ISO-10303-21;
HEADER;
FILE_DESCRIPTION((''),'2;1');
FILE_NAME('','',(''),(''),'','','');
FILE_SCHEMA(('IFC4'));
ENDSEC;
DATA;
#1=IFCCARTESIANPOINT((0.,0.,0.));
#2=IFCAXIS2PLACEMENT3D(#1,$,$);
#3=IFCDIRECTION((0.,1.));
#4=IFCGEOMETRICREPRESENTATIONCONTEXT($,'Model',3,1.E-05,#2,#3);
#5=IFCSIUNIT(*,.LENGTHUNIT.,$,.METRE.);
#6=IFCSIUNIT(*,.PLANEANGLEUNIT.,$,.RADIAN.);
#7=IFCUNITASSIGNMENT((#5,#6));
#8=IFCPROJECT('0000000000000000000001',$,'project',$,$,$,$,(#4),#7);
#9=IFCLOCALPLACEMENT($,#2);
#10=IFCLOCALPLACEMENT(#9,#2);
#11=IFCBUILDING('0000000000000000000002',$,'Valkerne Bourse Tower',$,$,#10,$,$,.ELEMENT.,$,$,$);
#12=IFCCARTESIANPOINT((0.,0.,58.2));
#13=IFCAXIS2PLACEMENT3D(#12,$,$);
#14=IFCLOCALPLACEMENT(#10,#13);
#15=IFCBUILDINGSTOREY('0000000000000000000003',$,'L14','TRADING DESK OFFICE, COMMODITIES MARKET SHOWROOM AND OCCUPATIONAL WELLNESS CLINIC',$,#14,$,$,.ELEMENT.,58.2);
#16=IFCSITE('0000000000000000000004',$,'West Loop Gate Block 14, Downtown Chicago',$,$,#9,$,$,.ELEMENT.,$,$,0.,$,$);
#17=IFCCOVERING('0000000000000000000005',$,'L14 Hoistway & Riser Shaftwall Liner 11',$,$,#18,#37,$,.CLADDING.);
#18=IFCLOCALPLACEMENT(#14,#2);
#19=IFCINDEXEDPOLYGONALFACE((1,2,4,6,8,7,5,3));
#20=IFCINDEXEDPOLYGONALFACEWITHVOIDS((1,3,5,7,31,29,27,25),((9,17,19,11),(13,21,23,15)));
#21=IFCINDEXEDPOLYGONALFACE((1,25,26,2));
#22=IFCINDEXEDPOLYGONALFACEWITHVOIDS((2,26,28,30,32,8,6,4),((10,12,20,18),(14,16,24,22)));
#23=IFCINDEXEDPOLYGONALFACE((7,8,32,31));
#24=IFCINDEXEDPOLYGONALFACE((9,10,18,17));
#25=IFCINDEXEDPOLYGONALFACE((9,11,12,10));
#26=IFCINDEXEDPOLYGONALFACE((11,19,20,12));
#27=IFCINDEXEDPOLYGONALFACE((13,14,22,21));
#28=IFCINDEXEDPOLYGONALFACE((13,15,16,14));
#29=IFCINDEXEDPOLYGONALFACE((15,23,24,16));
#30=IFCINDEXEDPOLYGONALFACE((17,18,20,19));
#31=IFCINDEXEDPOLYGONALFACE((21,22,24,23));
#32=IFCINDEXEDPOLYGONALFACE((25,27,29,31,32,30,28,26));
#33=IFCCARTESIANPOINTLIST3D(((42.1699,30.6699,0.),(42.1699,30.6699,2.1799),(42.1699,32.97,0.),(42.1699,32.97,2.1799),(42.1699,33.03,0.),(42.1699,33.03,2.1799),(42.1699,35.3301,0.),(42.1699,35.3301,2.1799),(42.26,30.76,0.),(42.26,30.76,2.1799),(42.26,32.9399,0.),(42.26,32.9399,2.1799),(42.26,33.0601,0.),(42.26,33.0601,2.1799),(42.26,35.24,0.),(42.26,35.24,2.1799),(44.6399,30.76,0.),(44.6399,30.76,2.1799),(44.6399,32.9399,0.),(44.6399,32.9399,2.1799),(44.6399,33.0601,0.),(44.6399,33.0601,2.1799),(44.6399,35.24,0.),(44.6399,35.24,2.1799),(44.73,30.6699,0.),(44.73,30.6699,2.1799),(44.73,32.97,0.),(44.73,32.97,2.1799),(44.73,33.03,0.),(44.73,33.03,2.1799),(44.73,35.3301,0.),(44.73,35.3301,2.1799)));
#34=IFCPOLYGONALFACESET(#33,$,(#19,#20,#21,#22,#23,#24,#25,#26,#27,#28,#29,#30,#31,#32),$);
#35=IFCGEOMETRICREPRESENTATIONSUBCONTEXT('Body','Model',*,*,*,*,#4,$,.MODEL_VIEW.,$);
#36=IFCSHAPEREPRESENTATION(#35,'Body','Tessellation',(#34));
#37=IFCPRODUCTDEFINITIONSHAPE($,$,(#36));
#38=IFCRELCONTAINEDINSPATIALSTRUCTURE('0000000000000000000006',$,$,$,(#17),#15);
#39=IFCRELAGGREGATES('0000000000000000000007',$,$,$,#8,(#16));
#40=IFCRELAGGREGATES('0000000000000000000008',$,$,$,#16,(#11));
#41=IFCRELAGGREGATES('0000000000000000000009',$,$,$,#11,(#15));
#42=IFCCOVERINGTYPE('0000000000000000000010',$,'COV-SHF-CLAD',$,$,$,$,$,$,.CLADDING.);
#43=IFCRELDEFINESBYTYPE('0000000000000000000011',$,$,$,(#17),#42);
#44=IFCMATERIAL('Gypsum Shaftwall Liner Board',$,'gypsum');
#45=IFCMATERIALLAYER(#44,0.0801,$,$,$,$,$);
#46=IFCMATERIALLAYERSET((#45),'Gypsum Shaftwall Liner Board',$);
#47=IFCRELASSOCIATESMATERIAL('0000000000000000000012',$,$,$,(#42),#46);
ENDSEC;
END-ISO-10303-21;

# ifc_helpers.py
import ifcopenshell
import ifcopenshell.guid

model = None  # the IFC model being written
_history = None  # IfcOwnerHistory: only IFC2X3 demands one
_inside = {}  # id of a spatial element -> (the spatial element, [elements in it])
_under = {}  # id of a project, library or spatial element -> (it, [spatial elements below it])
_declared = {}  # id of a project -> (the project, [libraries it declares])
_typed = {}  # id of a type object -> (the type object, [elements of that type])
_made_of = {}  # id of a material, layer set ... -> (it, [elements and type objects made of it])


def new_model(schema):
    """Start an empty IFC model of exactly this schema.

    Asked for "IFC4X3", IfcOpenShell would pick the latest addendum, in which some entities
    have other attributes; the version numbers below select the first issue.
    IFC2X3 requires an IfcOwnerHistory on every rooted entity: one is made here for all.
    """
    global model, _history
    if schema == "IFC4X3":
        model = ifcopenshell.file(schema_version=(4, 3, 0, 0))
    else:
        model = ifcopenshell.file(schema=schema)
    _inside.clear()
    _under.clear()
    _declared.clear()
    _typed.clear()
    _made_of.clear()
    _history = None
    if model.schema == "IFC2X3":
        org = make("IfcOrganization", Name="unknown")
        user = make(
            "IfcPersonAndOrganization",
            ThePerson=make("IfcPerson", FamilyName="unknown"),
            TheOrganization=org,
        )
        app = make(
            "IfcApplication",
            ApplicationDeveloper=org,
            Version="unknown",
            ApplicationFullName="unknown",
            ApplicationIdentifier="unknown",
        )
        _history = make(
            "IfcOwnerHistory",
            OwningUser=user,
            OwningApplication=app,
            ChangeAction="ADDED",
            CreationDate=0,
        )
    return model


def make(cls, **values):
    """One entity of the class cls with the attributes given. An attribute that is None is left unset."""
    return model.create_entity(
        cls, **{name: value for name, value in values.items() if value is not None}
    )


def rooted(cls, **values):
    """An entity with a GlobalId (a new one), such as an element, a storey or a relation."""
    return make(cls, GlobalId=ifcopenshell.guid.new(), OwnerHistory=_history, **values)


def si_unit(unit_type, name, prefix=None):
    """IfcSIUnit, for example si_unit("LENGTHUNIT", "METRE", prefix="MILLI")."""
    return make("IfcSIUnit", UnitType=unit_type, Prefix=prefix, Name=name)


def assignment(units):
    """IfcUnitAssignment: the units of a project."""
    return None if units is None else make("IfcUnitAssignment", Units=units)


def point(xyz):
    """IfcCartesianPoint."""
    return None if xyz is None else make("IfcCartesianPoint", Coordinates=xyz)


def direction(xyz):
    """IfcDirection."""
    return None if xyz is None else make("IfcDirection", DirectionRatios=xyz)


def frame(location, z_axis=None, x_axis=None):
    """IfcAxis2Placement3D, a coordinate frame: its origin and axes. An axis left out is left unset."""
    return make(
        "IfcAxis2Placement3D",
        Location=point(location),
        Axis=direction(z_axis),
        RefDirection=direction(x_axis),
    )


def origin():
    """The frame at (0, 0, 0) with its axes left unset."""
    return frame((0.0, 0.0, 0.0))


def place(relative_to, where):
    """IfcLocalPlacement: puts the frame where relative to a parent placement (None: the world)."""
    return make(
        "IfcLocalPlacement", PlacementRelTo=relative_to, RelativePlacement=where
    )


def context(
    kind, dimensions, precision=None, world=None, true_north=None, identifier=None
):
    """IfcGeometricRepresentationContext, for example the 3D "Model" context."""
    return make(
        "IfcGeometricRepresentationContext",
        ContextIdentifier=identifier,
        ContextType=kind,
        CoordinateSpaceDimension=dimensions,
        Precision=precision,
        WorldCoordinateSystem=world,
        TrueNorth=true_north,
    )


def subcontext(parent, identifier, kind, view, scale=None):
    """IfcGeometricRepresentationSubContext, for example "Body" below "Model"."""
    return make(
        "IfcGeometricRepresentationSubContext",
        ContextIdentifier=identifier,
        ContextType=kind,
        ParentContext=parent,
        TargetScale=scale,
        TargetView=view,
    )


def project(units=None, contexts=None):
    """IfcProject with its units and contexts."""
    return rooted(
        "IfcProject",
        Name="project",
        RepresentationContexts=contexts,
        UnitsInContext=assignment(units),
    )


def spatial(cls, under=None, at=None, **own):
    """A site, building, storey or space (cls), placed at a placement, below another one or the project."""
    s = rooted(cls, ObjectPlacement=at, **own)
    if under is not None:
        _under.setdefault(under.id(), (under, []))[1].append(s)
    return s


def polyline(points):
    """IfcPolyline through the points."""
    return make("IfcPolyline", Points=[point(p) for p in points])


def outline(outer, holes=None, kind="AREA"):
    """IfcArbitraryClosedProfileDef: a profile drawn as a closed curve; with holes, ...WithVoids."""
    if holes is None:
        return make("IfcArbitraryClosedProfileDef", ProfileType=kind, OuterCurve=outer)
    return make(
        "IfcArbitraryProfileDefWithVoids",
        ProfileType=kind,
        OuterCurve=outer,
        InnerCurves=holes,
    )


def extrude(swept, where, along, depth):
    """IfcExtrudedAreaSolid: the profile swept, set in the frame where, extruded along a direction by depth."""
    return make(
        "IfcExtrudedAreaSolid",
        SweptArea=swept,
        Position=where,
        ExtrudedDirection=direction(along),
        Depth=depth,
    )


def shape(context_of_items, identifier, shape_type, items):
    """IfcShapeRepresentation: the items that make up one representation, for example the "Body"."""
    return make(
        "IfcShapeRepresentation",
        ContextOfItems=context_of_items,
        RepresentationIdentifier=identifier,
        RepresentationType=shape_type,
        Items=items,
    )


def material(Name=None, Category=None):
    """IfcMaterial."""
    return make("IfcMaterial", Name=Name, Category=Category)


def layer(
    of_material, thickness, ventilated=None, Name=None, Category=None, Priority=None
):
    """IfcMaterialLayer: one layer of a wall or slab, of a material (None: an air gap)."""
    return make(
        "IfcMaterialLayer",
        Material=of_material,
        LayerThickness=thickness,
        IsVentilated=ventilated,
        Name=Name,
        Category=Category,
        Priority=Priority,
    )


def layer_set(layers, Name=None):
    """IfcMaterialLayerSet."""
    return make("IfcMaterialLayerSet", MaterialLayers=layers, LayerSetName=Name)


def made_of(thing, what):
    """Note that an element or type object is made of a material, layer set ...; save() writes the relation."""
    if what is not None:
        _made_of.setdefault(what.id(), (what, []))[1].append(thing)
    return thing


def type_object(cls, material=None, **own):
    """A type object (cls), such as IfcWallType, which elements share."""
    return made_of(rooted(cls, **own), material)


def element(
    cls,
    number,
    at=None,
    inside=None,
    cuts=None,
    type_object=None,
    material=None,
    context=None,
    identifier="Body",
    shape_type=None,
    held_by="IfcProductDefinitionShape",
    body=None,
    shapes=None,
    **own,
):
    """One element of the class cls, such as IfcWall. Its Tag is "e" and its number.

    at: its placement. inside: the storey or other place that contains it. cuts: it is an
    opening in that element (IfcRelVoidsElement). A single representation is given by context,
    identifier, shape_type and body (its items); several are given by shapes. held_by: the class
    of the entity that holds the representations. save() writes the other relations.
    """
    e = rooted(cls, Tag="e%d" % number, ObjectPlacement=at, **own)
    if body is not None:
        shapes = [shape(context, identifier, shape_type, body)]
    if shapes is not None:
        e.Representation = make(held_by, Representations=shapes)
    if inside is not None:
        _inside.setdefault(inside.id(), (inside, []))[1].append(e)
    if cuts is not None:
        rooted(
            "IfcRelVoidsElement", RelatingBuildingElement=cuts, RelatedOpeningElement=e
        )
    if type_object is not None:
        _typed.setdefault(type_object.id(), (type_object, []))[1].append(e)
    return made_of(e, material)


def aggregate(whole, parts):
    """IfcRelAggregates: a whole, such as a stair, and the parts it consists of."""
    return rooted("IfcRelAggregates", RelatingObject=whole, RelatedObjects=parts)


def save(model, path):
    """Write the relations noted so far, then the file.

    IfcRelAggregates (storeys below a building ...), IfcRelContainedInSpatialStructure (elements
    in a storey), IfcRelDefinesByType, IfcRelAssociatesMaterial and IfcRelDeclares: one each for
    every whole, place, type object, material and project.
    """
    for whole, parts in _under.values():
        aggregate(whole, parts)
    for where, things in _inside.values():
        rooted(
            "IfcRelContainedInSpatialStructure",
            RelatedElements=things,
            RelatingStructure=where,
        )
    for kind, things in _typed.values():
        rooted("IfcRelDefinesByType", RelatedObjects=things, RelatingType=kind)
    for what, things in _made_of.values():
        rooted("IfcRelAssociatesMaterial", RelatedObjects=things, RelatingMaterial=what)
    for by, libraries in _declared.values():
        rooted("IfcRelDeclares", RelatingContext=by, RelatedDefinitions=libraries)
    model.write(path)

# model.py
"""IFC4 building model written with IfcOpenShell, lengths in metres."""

from ifc_helpers import new_model, si_unit, direction, frame, origin, place, context, subcontext, project, spatial, polyline, outline, extrude, material, layer, layer_set, type_object, element, save


model = new_model("IFC4")

# Units and contexts
model_context = context("Model", 3, precision=1e-05, world=origin(), true_north=direction((0.0, 1.0)))
body_context = subcontext(model_context, "Body", "Model", "MODEL_VIEW")
ifc_project = project(units=[si_unit("LENGTHUNIT", "METRE"), si_unit("PLANEANGLEUNIT", "RADIAN")], contexts=[model_context])

# Site, building, storey
site_placement = place(None, origin())
site = spatial("IfcSite", under=ifc_project, at=site_placement, Name="West Loop Gate Block 14, Downtown Chicago", CompositionType="ELEMENT", RefElevation=0.0)
building_placement = place(site_placement, origin())
building = spatial("IfcBuilding", under=site, at=building_placement, Name="Valkerne Bourse Tower", CompositionType="ELEMENT")
storey_placement = place(building_placement, frame((0.0, 0.0, 58.2)))
storey = spatial("IfcBuildingStorey", under=building, at=storey_placement, Name="L14", Description="TRADING DESK OFFICE, COMMODITIES MARKET SHOWROOM AND OCCUPATIONAL WELLNESS CLINIC", CompositionType="ELEMENT", Elevation=58.2)

# Covering
ifc_material_1 = material(Name="Gypsum Shaftwall Liner Board", Category="gypsum")
ifc_layer_1 = layer(ifc_material_1, 0.0801)
ifc_layer_set_1 = layer_set([ifc_layer_1], Name="Gypsum Shaftwall Liner Board")
covering_type_1 = type_object("IfcCoveringType", Name="COV-SHF-CLAD", PredefinedType="CLADDING", material=ifc_layer_set_1)
covering_1_placement = place(storey_placement, origin())
element("IfcCovering", 1, at=covering_1_placement, inside=storey, type_object=covering_type_1, Name="L14 Hoistway & Riser Shaftwall Liner 11", PredefinedType="CLADDING", context=body_context, shape_type="SweptSolid", body=[
    extrude(outline(polyline([(44.73, 35.3301), (44.73, 33.03), (44.73, 32.97), (44.73, 30.6699), (42.1699, 30.6699), (42.1699, 32.97), (42.1699, 33.03), (42.1699, 35.3301), (44.73, 35.3301)]), holes=[polyline([(42.26, 30.76), (44.6399, 30.76), (44.6399, 32.9399), (42.26, 32.9399), (42.26, 30.76)]), polyline([(42.26, 33.0601), (44.6399, 33.0601), (44.6399, 35.24), (42.26, 35.24), (42.26, 33.0601)])]), origin(), (0.0, 0.0, 1.0), 2.1799),
])

save(model, "model.ifc")
